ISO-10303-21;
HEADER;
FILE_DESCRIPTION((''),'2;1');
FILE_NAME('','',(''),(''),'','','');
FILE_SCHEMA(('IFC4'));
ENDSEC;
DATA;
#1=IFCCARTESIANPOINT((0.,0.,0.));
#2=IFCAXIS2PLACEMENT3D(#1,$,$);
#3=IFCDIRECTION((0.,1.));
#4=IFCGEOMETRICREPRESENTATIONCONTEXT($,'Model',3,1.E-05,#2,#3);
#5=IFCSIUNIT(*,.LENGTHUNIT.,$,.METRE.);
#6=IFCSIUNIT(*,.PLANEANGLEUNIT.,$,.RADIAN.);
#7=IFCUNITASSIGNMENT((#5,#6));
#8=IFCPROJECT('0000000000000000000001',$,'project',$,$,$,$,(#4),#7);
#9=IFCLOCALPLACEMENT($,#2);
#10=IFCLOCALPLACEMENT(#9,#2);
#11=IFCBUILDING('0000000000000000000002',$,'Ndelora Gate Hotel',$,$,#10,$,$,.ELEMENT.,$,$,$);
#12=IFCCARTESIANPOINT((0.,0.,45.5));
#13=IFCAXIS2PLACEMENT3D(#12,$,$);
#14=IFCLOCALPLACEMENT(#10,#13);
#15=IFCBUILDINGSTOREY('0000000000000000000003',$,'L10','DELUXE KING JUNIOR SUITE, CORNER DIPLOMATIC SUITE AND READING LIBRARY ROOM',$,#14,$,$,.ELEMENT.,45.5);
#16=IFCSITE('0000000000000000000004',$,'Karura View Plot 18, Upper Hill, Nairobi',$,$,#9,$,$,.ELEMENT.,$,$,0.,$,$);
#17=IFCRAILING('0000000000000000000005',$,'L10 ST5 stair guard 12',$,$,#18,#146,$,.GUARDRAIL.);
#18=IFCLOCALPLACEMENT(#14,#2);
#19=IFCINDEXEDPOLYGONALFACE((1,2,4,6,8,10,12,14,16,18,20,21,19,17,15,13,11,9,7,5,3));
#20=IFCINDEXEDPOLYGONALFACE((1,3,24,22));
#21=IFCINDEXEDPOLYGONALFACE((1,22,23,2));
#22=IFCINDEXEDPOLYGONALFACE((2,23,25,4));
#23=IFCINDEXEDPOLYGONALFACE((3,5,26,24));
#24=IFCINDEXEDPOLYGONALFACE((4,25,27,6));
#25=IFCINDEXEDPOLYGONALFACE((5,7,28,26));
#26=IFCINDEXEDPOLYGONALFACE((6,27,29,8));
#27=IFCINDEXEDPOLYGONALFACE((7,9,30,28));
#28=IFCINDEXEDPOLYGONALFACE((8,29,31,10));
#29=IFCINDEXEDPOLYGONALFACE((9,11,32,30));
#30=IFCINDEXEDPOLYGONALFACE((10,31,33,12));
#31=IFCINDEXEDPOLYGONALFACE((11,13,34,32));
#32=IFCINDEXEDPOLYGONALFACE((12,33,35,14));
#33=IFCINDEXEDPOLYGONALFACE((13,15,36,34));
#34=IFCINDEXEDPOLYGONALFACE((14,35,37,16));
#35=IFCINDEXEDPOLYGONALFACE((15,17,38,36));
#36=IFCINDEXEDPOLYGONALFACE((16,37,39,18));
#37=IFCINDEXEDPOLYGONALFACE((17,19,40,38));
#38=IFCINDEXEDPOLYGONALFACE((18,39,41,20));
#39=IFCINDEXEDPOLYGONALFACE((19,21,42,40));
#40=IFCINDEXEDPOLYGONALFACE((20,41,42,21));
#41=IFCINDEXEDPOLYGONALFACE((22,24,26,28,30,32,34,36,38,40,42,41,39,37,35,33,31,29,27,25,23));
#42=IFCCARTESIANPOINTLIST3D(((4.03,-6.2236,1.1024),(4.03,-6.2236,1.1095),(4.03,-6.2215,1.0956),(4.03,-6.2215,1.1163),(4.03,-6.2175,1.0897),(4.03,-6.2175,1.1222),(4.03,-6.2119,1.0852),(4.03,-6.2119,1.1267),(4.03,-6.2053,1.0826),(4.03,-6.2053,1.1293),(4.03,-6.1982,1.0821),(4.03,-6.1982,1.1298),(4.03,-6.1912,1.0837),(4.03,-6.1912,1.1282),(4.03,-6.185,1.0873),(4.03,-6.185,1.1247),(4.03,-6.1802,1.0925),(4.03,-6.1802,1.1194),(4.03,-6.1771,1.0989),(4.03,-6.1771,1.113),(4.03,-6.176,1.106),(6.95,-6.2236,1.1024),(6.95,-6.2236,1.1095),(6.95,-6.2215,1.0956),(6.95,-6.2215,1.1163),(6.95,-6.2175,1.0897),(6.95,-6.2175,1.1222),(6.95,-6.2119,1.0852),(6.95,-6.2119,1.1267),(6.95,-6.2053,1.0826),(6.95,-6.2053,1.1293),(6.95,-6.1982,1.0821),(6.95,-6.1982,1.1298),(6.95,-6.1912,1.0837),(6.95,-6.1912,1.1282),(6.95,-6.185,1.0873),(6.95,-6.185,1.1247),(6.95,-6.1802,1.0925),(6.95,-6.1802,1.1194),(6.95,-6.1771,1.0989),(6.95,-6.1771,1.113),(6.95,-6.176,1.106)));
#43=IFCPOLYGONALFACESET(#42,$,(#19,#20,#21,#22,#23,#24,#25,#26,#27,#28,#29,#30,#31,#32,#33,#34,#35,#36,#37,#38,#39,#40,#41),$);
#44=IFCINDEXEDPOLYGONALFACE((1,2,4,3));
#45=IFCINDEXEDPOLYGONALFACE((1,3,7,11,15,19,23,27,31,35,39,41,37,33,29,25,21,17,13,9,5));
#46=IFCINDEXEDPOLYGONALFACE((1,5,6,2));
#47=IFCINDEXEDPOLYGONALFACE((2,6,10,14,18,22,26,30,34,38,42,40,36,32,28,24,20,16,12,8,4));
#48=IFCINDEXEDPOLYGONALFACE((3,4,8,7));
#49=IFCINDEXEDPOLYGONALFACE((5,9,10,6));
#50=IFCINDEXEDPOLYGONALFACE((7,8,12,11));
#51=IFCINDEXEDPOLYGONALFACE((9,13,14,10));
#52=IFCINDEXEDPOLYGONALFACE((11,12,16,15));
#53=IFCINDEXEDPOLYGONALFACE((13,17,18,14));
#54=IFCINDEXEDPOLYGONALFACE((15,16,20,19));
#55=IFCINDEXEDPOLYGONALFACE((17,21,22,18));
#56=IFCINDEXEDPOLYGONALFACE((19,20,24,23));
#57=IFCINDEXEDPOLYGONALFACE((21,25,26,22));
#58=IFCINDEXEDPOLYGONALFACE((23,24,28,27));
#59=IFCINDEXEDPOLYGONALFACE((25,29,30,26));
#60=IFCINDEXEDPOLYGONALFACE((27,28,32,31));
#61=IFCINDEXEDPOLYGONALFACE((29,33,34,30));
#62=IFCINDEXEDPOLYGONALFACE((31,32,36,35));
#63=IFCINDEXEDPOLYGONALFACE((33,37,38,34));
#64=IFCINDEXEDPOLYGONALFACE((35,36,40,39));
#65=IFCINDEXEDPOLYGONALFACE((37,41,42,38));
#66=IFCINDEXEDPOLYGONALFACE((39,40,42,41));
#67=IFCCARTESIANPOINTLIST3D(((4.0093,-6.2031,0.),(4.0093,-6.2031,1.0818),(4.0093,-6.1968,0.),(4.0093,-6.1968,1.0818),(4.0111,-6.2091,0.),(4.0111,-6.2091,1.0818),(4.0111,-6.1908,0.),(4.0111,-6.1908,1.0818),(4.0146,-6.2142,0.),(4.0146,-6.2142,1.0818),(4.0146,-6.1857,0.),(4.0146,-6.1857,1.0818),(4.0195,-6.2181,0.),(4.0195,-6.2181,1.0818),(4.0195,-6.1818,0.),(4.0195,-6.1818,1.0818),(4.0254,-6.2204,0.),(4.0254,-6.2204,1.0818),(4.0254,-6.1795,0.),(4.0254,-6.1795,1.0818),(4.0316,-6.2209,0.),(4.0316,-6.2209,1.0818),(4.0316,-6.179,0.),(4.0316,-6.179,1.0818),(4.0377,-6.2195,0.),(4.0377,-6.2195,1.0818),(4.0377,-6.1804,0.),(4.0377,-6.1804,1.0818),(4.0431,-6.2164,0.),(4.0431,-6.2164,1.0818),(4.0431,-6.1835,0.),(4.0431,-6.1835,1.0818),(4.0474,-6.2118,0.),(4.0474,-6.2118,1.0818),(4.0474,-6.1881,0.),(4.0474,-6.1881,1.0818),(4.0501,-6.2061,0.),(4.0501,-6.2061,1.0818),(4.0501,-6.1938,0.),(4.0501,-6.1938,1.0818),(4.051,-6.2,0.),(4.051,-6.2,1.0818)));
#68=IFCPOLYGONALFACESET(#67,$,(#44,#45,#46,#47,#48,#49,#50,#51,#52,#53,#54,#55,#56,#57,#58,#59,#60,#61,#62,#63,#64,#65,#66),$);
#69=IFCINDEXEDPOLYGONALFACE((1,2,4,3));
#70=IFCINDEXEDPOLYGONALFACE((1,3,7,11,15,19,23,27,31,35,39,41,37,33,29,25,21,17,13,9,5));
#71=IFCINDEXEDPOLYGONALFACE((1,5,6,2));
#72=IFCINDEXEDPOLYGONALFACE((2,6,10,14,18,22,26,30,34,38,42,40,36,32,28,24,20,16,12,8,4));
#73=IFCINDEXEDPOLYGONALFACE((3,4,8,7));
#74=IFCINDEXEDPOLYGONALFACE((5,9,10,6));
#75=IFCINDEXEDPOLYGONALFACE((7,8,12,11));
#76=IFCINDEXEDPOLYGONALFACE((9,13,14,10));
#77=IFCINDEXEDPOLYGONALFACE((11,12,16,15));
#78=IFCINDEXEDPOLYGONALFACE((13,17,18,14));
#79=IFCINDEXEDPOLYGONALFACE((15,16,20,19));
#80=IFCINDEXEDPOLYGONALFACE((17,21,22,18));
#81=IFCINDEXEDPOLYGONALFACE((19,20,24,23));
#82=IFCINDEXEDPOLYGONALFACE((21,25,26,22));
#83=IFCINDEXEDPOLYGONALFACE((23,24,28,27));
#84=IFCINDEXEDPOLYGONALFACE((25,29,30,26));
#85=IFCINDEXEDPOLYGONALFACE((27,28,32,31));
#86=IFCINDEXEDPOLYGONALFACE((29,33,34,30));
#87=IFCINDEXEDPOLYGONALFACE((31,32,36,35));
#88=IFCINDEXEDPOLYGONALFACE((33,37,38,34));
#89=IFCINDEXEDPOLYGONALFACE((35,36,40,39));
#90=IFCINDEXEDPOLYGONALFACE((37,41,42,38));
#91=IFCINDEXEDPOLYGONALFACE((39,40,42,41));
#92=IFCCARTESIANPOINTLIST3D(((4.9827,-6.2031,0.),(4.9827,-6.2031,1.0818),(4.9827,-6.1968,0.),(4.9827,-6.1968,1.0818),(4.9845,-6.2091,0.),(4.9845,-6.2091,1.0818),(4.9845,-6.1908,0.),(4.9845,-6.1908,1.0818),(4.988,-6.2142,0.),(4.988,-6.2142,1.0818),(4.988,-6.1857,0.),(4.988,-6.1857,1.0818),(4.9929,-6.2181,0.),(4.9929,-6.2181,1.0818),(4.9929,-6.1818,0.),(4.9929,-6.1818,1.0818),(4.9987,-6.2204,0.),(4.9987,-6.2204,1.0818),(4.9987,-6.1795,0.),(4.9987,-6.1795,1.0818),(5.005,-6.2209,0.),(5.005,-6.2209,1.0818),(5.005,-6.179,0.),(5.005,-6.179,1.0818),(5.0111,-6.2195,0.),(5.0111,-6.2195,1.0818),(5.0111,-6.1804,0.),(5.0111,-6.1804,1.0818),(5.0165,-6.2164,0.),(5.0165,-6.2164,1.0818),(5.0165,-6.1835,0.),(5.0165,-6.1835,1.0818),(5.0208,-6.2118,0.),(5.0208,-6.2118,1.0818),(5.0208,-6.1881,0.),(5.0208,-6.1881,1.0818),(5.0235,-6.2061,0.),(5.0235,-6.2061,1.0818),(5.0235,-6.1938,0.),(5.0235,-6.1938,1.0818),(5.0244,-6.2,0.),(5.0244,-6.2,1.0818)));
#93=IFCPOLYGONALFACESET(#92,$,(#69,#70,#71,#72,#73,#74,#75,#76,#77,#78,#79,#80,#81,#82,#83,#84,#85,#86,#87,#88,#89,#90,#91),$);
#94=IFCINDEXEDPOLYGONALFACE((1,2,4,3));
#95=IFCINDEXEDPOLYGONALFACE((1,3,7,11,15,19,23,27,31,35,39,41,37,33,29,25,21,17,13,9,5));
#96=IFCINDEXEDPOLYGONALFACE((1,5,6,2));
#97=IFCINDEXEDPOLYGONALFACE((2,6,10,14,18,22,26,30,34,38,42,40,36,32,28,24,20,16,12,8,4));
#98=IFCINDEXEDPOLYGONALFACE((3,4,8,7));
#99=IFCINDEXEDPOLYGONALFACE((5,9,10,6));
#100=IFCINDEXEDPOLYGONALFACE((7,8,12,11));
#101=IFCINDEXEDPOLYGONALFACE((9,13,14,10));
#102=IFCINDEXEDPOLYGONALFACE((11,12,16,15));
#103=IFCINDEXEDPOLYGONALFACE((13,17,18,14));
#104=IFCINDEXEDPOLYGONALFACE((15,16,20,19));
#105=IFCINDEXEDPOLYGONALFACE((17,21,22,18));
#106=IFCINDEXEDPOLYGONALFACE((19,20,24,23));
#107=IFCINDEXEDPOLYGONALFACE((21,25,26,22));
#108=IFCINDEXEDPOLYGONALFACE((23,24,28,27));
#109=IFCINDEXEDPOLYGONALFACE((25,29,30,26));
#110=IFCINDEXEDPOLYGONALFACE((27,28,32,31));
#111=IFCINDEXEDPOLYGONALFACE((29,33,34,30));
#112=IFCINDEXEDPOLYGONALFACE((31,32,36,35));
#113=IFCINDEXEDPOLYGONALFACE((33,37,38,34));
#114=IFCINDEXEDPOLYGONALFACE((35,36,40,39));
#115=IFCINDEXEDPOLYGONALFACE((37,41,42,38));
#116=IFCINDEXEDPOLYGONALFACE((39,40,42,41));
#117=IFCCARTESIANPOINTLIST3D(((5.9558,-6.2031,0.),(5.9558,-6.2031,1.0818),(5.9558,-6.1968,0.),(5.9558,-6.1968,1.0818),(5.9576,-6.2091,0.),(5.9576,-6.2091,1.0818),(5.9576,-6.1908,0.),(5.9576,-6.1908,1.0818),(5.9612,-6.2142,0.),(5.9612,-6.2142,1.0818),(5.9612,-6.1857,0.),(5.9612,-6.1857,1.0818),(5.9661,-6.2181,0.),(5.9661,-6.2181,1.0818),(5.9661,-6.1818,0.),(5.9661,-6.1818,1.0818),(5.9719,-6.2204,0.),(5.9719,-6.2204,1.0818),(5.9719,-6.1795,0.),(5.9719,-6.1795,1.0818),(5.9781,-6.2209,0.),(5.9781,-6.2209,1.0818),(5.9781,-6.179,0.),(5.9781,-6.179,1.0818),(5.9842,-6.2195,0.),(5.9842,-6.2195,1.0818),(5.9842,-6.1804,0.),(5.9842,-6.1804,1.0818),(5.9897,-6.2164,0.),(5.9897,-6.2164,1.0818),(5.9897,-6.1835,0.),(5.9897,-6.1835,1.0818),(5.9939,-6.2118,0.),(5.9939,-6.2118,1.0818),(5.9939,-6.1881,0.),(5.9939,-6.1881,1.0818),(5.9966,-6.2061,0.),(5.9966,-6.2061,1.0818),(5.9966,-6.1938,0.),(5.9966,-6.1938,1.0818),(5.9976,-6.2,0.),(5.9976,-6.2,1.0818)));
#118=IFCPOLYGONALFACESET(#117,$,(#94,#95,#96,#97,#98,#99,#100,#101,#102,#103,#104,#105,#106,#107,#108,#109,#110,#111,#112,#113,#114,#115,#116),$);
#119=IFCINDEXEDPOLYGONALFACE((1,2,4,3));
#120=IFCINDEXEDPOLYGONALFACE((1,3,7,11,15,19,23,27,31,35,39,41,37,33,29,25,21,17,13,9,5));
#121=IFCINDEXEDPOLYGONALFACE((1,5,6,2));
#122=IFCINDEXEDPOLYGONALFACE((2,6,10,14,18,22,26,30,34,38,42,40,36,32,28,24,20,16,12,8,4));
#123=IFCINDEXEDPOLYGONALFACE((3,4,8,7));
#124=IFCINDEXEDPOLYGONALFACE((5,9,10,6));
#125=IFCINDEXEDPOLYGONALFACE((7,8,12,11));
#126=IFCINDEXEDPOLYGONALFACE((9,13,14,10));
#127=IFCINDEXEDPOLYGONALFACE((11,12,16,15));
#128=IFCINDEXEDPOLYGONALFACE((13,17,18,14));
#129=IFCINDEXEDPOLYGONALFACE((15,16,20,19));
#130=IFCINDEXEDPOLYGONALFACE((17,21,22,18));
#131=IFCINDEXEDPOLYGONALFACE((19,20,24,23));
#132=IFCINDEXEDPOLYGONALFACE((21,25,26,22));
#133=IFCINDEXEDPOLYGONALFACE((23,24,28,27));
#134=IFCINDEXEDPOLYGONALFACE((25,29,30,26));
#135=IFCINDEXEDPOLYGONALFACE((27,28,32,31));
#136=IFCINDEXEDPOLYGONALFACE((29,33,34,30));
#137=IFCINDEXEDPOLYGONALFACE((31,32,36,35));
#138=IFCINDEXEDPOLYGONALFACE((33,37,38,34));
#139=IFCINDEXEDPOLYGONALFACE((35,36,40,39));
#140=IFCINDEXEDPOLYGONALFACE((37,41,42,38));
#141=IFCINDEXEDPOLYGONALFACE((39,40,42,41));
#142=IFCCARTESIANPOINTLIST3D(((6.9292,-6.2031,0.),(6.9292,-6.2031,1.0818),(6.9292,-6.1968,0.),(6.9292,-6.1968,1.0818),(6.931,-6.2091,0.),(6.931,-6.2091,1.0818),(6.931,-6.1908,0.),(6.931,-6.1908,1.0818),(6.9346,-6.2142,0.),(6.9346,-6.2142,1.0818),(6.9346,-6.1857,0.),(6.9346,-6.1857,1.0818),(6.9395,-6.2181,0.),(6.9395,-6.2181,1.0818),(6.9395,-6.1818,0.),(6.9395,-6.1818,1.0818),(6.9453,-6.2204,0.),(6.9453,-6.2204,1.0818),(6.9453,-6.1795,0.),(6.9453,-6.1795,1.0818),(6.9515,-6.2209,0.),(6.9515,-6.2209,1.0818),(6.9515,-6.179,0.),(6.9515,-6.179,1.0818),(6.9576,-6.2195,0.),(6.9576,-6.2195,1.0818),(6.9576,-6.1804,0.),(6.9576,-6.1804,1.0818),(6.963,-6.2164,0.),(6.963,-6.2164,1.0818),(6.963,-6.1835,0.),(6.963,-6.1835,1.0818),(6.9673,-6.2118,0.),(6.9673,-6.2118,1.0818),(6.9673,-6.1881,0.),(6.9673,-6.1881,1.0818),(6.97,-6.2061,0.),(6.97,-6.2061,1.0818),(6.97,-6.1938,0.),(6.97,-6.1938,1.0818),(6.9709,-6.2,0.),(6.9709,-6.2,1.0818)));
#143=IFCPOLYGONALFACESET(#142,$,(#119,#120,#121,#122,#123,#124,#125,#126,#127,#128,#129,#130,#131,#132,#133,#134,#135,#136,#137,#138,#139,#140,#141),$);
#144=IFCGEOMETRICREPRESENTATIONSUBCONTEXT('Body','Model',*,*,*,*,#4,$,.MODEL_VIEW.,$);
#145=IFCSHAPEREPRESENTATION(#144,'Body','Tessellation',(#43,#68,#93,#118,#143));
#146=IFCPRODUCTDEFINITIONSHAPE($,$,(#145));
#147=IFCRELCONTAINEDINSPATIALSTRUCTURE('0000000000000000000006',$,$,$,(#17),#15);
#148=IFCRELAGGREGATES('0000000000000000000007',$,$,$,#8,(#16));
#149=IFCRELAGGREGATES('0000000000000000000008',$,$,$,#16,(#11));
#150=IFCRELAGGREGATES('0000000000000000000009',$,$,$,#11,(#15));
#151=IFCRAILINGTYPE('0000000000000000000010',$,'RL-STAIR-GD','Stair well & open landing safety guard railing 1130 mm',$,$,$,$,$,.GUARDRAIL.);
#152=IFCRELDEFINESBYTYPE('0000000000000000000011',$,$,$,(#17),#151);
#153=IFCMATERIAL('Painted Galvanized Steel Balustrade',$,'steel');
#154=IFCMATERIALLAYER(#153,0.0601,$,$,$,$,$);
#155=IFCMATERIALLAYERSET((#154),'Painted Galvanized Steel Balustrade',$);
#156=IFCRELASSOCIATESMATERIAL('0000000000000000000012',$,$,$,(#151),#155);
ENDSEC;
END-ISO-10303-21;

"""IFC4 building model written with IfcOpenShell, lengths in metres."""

from ifc_helpers import new_model, si_unit, direction, frame, origin, origin_2d, place, context, subcontext, project, spatial, circle, extrude, material, layer, layer_set, type_object, element, save


model = new_model("IFC4")

# Units and contexts
model_context = context("Model", 3, precision=1e-05, world=origin(), true_north=direction((0.0, 1.0)))
body_context = subcontext(model_context, "Body", "Model", "MODEL_VIEW")
ifc_project = project(units=[si_unit("LENGTHUNIT", "METRE"), si_unit("PLANEANGLEUNIT", "RADIAN")], contexts=[model_context])

# Site, building, storey
site_placement = place(None, origin())
site = spatial("IfcSite", under=ifc_project, at=site_placement, Name="Karura View Plot 18, Upper Hill, Nairobi", CompositionType="ELEMENT", RefElevation=0.0)
building_placement = place(site_placement, origin())
building = spatial("IfcBuilding", under=site, at=building_placement, Name="Ndelora Gate Hotel", CompositionType="ELEMENT")
storey_placement = place(building_placement, frame((0.0, 0.0, 45.5)))
storey = spatial("IfcBuildingStorey", under=building, at=storey_placement, Name="L10", Description="DELUXE KING JUNIOR SUITE, CORNER DIPLOMATIC SUITE AND READING LIBRARY ROOM", CompositionType="ELEMENT", Elevation=45.5)

# Railing
ifc_material_1 = material(Name="Painted Galvanized Steel Balustrade", Category="steel")
ifc_layer_1 = layer(ifc_material_1, 0.0601)
ifc_layer_set_1 = layer_set([ifc_layer_1], Name="Painted Galvanized Steel Balustrade")
railing_type = type_object("IfcRailingType", Name="RL-STAIR-GD", Description="Stair well & open landing safety guard railing 1130 mm", PredefinedType="GUARDRAIL", material=ifc_layer_set_1)
railing_1_placement = place(storey_placement, frame((4.03, -6.2, 0.0)))
element("IfcRailing", 1, at=railing_1_placement, inside=storey, type_object=railing_type, Name="L10 ST5 stair guard 12", PredefinedType="GUARDRAIL", context=body_context, shape_type="SweptSolid", body=[
    extrude(circle(Radius=0.0239, at=origin_2d()), frame((0.0, 0.0, 1.106), z_axis=(1.0, 0.0, 0.0), x_axis=(0.0, 1.0, 0.0)), (0.0, 0.0, 1.0), 2.9199),
    extrude(circle(Radius=0.021, at=origin_2d()), origin(), (0.0, 0.0, 1.0), 1.0818),
    extrude(circle(Radius=0.021, at=origin_2d()), frame((0.9734, 0.0, 0.0)), (0.0, 0.0, 1.0), 1.0818),
    extrude(circle(Radius=0.021, at=origin_2d()), frame((1.9465, 0.0, 0.0)), (0.0, 0.0, 1.0), 1.0818),
    extrude(circle(Radius=0.021, at=origin_2d()), frame((2.9199, 0.0, 0.0)), (0.0, 0.0, 1.0), 1.0818),
])

save(model, "model.ifc")
